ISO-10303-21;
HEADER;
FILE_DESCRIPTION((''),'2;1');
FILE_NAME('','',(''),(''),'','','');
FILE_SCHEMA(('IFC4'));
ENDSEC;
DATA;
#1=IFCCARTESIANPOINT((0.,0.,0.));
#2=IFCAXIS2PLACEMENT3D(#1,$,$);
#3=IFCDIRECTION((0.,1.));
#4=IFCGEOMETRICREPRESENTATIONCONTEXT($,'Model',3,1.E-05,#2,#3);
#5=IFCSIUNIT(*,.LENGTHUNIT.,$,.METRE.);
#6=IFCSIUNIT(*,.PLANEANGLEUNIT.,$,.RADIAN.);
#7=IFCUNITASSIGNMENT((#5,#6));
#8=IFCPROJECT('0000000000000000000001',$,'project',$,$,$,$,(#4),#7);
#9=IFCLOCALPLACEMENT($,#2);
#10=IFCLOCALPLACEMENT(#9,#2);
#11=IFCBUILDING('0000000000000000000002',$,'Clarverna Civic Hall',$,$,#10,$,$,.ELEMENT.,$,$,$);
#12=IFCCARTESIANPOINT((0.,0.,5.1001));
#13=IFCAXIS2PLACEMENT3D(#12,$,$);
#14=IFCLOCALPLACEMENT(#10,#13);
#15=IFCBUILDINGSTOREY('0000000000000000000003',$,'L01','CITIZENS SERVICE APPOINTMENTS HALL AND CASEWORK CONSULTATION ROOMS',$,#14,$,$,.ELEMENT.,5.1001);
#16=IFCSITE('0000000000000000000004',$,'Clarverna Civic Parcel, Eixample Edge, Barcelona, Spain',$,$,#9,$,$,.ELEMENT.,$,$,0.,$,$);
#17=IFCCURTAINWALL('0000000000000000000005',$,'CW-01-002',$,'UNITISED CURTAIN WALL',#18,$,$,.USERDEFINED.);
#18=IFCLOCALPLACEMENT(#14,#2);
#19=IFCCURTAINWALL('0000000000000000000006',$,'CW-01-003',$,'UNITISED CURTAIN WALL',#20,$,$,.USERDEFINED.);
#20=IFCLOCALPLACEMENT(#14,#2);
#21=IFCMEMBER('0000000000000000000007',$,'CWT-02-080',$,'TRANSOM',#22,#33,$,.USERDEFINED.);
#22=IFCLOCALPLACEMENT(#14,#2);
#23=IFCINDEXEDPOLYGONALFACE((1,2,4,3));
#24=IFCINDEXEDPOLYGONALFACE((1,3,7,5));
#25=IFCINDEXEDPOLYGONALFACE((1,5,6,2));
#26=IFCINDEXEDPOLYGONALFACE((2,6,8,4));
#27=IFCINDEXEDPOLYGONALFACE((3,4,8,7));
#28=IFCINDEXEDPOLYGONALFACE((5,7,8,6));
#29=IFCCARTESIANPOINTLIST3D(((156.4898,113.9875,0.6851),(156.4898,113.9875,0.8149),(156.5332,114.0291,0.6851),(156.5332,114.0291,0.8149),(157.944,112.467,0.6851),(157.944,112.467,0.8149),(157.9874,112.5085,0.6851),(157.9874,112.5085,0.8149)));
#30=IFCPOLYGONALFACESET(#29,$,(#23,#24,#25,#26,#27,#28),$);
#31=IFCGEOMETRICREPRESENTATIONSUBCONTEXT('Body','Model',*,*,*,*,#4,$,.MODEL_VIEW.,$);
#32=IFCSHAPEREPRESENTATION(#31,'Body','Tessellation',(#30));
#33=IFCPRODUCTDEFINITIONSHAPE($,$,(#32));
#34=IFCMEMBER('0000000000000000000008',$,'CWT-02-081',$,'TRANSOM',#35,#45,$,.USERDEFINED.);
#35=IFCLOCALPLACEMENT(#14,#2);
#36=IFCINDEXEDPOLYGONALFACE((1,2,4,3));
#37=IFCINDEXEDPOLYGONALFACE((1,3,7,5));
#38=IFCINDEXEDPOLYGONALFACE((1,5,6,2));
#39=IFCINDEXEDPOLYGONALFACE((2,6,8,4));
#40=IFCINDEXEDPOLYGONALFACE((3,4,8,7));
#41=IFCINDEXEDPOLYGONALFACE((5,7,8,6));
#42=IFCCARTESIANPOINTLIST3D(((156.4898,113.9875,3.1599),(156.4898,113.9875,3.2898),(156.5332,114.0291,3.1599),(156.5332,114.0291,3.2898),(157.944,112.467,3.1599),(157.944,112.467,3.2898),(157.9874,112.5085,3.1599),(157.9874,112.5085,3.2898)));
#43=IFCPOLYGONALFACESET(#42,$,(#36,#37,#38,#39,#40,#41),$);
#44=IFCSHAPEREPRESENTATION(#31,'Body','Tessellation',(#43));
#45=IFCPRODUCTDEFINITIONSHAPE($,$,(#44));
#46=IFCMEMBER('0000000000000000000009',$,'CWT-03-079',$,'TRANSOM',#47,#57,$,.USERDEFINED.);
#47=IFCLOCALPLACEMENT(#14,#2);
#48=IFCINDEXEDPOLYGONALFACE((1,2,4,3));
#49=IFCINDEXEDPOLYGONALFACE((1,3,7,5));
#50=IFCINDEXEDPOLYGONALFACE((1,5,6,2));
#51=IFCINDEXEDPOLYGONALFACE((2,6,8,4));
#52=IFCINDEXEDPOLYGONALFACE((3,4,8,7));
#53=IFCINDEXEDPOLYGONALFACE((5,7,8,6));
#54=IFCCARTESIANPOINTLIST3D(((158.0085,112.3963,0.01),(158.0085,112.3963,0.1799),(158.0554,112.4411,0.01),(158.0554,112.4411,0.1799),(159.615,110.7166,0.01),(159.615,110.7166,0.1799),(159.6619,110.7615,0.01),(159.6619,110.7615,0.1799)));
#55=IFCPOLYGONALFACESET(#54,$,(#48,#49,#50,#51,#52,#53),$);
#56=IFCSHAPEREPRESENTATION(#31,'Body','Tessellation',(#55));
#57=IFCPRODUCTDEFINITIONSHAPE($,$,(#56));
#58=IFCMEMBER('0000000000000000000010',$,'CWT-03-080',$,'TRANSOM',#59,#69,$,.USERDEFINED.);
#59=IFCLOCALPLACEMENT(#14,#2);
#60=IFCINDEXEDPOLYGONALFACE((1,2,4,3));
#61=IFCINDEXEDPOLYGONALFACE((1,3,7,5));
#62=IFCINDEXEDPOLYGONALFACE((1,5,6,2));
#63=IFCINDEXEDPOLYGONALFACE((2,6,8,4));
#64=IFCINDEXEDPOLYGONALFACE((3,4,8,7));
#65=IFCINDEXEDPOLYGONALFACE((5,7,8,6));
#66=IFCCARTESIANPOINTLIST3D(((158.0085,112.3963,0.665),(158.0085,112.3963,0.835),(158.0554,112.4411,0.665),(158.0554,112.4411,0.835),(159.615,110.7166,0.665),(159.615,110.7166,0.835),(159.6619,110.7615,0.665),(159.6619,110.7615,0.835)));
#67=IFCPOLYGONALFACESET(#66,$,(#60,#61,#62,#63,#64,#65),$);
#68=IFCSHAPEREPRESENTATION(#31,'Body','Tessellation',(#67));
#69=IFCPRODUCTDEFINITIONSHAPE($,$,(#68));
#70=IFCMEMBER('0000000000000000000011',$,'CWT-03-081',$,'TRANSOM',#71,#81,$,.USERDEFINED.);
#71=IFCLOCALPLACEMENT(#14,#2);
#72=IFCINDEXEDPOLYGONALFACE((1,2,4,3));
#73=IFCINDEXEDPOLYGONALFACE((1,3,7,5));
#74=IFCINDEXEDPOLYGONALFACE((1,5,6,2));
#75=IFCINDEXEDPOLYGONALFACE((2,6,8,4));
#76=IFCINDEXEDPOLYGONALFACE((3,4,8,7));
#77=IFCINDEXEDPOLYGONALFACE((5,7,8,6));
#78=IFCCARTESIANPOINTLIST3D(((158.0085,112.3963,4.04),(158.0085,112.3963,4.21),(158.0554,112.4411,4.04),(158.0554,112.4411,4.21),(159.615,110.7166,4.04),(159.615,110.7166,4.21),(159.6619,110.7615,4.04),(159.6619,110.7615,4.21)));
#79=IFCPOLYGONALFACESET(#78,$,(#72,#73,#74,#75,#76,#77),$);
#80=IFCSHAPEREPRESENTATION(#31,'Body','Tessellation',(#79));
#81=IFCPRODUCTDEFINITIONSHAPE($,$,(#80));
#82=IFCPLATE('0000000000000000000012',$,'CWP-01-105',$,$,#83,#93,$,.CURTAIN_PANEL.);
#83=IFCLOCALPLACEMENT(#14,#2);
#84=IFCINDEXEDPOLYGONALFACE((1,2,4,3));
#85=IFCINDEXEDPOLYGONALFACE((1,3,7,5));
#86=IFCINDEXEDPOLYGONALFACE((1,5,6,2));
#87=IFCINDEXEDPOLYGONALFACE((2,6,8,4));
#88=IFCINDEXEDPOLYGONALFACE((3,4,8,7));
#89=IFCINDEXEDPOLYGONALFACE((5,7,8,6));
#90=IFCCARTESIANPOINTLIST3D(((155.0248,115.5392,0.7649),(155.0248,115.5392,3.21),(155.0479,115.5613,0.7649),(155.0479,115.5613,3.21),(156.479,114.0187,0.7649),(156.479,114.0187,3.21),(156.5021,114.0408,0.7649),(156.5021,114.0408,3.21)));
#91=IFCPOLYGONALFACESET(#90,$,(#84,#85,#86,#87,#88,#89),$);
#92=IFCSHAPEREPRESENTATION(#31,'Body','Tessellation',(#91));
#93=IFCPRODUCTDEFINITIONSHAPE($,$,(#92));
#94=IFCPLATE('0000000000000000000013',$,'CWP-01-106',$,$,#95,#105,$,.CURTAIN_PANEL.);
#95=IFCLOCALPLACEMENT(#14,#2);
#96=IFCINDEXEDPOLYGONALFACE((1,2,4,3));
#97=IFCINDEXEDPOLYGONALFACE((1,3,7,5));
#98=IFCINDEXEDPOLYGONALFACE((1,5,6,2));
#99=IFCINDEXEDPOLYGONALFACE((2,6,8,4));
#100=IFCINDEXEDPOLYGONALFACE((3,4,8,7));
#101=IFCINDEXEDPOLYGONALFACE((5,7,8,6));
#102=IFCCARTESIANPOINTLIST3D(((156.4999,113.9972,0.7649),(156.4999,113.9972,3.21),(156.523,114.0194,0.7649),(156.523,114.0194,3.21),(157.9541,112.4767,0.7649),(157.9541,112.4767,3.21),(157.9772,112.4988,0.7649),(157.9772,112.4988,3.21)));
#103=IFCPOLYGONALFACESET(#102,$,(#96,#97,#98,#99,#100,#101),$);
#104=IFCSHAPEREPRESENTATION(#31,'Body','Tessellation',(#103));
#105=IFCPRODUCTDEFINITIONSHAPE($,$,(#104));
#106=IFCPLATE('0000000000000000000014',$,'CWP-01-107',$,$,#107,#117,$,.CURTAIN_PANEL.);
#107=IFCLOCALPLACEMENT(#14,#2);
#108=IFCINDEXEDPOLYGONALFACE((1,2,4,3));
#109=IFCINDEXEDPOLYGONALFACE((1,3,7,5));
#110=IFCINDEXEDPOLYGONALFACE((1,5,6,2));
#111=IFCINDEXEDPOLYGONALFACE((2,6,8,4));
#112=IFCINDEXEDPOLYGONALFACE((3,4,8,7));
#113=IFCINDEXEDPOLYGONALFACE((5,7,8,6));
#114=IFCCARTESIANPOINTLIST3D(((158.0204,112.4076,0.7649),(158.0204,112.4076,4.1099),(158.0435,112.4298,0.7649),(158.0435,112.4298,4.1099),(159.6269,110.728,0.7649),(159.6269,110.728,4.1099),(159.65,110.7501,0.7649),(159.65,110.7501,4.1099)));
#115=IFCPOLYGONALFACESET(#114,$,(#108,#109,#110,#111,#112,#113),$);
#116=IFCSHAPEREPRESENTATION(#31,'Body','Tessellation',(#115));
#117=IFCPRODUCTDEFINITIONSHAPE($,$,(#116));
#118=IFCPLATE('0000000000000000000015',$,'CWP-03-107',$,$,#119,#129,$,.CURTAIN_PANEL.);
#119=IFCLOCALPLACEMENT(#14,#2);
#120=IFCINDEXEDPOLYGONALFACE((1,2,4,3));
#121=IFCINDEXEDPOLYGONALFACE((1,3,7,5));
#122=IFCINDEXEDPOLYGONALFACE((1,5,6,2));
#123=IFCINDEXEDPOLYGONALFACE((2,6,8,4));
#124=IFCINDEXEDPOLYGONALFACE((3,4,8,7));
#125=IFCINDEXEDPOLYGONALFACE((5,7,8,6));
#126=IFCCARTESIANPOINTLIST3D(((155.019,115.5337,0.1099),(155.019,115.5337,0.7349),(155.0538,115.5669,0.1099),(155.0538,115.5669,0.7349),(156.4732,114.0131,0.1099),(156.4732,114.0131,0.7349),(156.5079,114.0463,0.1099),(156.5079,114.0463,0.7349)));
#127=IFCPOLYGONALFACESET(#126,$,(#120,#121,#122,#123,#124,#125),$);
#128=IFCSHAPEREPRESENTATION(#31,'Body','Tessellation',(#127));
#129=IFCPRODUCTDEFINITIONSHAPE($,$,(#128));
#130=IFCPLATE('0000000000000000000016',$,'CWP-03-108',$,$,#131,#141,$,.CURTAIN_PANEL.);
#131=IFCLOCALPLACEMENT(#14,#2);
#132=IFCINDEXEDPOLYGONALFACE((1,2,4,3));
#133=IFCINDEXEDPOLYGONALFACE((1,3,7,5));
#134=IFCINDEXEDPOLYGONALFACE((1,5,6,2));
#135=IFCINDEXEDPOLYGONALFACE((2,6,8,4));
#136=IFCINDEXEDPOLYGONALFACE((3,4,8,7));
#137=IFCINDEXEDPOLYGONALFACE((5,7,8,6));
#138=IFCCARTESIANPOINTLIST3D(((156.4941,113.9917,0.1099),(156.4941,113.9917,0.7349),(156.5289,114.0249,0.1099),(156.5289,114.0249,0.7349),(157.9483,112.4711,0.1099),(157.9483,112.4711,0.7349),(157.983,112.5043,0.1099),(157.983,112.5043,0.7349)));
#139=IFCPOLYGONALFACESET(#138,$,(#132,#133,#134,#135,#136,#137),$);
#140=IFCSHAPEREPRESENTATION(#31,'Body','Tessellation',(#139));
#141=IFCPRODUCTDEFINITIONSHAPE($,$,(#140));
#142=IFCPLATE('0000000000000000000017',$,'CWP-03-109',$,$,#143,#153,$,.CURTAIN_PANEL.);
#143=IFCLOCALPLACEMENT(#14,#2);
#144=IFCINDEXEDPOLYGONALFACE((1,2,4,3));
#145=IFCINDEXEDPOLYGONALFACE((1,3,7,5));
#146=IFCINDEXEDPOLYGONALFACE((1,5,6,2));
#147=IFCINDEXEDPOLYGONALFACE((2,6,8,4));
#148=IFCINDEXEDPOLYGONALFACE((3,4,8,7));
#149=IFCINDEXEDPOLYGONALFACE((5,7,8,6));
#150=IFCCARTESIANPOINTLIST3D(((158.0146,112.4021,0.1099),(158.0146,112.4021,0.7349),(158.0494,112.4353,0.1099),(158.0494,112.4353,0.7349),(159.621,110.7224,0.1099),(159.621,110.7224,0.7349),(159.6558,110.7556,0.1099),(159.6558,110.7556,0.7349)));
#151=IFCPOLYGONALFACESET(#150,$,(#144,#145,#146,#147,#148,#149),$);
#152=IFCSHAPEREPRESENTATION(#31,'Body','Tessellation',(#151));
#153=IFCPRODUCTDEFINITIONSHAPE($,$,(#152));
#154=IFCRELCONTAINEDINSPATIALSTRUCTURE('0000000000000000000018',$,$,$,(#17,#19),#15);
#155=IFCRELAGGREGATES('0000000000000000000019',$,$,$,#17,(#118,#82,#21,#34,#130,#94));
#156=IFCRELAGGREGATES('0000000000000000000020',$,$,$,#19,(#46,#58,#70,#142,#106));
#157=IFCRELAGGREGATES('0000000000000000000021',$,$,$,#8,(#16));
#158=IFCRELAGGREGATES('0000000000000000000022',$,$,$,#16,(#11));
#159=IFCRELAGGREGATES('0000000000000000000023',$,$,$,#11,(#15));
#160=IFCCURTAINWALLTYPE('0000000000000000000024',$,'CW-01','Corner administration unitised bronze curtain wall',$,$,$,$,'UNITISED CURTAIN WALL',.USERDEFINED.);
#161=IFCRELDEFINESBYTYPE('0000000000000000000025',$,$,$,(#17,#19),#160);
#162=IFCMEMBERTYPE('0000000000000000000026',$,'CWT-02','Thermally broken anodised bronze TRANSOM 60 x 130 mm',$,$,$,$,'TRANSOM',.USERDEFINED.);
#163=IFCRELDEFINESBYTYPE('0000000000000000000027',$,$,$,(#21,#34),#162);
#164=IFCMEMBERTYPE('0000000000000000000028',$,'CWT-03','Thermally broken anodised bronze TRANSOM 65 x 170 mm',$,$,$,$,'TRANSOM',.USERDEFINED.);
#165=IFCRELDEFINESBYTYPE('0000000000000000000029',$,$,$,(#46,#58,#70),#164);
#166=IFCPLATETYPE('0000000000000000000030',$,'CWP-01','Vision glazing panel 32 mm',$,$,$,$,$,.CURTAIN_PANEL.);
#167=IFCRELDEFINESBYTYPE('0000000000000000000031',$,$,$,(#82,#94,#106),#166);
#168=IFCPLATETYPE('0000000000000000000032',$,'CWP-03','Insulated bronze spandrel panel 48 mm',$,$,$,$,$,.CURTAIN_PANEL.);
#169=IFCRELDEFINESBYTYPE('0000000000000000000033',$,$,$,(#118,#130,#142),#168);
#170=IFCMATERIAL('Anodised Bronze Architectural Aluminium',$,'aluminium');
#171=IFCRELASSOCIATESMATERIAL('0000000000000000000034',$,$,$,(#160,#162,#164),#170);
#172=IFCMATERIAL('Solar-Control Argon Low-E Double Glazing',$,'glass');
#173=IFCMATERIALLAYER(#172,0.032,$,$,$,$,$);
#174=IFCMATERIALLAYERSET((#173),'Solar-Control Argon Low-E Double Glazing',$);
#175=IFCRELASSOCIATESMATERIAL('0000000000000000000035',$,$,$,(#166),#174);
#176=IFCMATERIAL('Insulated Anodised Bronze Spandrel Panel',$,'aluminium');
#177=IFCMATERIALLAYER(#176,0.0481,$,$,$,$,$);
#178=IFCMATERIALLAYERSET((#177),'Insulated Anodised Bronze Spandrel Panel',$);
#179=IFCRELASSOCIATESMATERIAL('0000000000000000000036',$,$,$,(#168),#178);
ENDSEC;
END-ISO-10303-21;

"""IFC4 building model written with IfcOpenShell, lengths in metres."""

from ifc_helpers import new_model, si_unit, direction, frame, frame_2d, origin, origin_2d, place, context, subcontext, project, spatial, rectangle, extrude, material, layer, layer_set, material_profile, profile_set, type_object, element, aggregate, save


model = new_model("IFC4")

# Units and contexts
model_context = context("Model", 3, precision=1e-05, world=origin(), true_north=direction((0.0, 1.0)))
body_context = subcontext(model_context, "Body", "Model", "MODEL_VIEW")
ifc_project = project(units=[si_unit("LENGTHUNIT", "METRE"), si_unit("PLANEANGLEUNIT", "RADIAN")], contexts=[model_context])

# Site, building, storey
site_placement = place(None, origin())
site = spatial("IfcSite", under=ifc_project, at=site_placement, Name="Clarverna Civic Parcel, Eixample Edge, Barcelona, Spain", CompositionType="ELEMENT", RefElevation=0.0)
building_placement = place(site_placement, origin())
building = spatial("IfcBuilding", under=site, at=building_placement, Name="Clarverna Civic Hall", CompositionType="ELEMENT")
storey_placement = place(building_placement, frame((0.0, 0.0, 5.1001)))
storey = spatial("IfcBuildingStorey", under=building, at=storey_placement, Name="L01", Description="CITIZENS SERVICE APPOINTMENTS HALL AND CASEWORK CONSULTATION ROOMS", CompositionType="ELEMENT", Elevation=5.1001)

# Curtain wall
ifc_material_1 = material(Name="Anodised Bronze Architectural Aluminium", Category="aluminium")
curtain_wall_type = type_object("IfcCurtainWallType", Name="CW-01", Description="Corner administration unitised bronze curtain wall", ElementType="UNITISED CURTAIN WALL", PredefinedType="USERDEFINED", material=ifc_material_1)
curtain_wall_1_placement = place(storey_placement, origin())
curtain_wall_1 = element("IfcCurtainWall", 1, at=curtain_wall_1_placement, inside=storey, type_object=curtain_wall_type, Name="CW-01-002", ObjectType="UNITISED CURTAIN WALL", PredefinedType="USERDEFINED")

# Curtain wall
curtain_wall_2_placement = place(storey_placement, origin())
curtain_wall_2 = element("IfcCurtainWall", 2, at=curtain_wall_2_placement, inside=storey, type_object=curtain_wall_type, Name="CW-01-003", ObjectType="UNITISED CURTAIN WALL", PredefinedType="USERDEFINED")

# Members
ifc_material_profile_1 = material_profile(ifc_material_1, rectangle(XDim=0.0601, YDim=0.1299, at=origin_2d()), Name="BRONZE 60x130")
ifc_profile_set_1 = profile_set([ifc_material_profile_1], Name="Anodised Bronze Architectural Aluminium")
member_type_1 = type_object("IfcMemberType", Name="CWT-02", Description="Thermally broken anodised bronze TRANSOM 60 x 130 mm", ElementType="TRANSOM", PredefinedType="USERDEFINED", material=ifc_profile_set_1)
member_1_placement = place(storey_placement, frame((156.5115, 114.0083, 0.75), z_axis=(0.691149, -0.722712, 0.0), x_axis=(0.722712, 0.691149, 0.0)))
member_1 = element("IfcMember", 3, at=member_1_placement, type_object=member_type_1, Name="CWT-02-080", ObjectType="TRANSOM", PredefinedType="USERDEFINED", context=body_context, shape_type="SweptSolid", body=[
    extrude(rectangle(XDim=0.0601, YDim=0.1299, at=origin_2d()), origin(), (0.0, 0.0, 1.0), 2.104),
])
member_2_placement = place(storey_placement, frame((156.5115, 114.0083, 3.2249), z_axis=(0.691149, -0.722712, 0.0), x_axis=(0.722712, 0.691149, 0.0)))
member_2 = element("IfcMember", 4, at=member_2_placement, type_object=member_type_1, Name="CWT-02-081", ObjectType="TRANSOM", PredefinedType="USERDEFINED", context=body_context, shape_type="SweptSolid", body=[
    extrude(rectangle(XDim=0.0601, YDim=0.1299, at=origin_2d()), origin(), (0.0, 0.0, 1.0), 2.104),
])
ifc_material_profile_2 = material_profile(ifc_material_1, rectangle(XDim=0.0649, YDim=0.1699, at=origin_2d()), Name="BRONZE 65x170")
ifc_profile_set_2 = profile_set([ifc_material_profile_2], Name="Anodised Bronze Architectural Aluminium")
member_type_2 = type_object("IfcMemberType", Name="CWT-03", Description="Thermally broken anodised bronze TRANSOM 65 x 170 mm", ElementType="TRANSOM", PredefinedType="USERDEFINED", material=ifc_profile_set_2)
member_3_placement = place(storey_placement, frame((158.032, 112.4187, 0.095), z_axis=(0.691175, -0.722687, 0.0), x_axis=(0.722687, 0.691175, 0.0)))
member_3 = element("IfcMember", 5, at=member_3_placement, type_object=member_type_2, Name="CWT-03-079", ObjectType="TRANSOM", PredefinedType="USERDEFINED", context=body_context, shape_type="SweptSolid", body=[
    extrude(rectangle(XDim=0.0649, YDim=0.1699, at=origin_2d()), origin(), (0.0, 0.0, 1.0), 2.3242),
])
member_4_placement = place(storey_placement, frame((158.032, 112.4187, 0.75), z_axis=(0.691175, -0.722687, 0.0), x_axis=(0.722687, 0.691175, 0.0)))
member_4 = element("IfcMember", 6, at=member_4_placement, type_object=member_type_2, Name="CWT-03-080", ObjectType="TRANSOM", PredefinedType="USERDEFINED", context=body_context, shape_type="SweptSolid", body=[
    extrude(rectangle(XDim=0.0649, YDim=0.1699, at=origin_2d()), origin(), (0.0, 0.0, 1.0), 2.3242),
])
member_5_placement = place(storey_placement, frame((158.032, 112.4187, 4.125), z_axis=(0.691175, -0.722687, 0.0), x_axis=(0.722687, 0.691175, 0.0)))
member_5 = element("IfcMember", 7, at=member_5_placement, type_object=member_type_2, Name="CWT-03-081", ObjectType="TRANSOM", PredefinedType="USERDEFINED", context=body_context, shape_type="SweptSolid", body=[
    extrude(rectangle(XDim=0.0649, YDim=0.1699, at=origin_2d()), origin(), (0.0, 0.0, 1.0), 2.3242),
])

# Plates
ifc_material_2 = material(Name="Solar-Control Argon Low-E Double Glazing", Category="glass")
ifc_layer_1 = layer(ifc_material_2, 0.032)
ifc_layer_set_1 = layer_set([ifc_layer_1], Name="Solar-Control Argon Low-E Double Glazing")
plate_type_1 = type_object("IfcPlateType", Name="CWP-01", Description="Vision glazing panel 32 mm", PredefinedType="CURTAIN_PANEL", material=ifc_layer_set_1)
plate_1_placement = place(storey_placement, frame((155.0364, 115.5503, 0.7649), z_axis=(0.0, 0.0, 1.0), x_axis=(0.691149, -0.722712, 0.0)))
plate_1 = element("IfcPlate", 8, at=plate_1_placement, type_object=plate_type_1, Name="CWP-01-105", PredefinedType="CURTAIN_PANEL", context=body_context, shape_type="SweptSolid", body=[
    extrude(rectangle(XDim=2.104, YDim=0.032, at=frame_2d((1.052, 0.0))), origin(), (0.0, 0.0, 1.0), 2.4451),
])
plate_2_placement = place(storey_placement, frame((156.5115, 114.0083, 0.7649), z_axis=(0.0, 0.0, 1.0), x_axis=(0.691149, -0.722712, 0.0)))
plate_2 = element("IfcPlate", 9, at=plate_2_placement, type_object=plate_type_1, Name="CWP-01-106", PredefinedType="CURTAIN_PANEL", context=body_context, shape_type="SweptSolid", body=[
    extrude(rectangle(XDim=2.104, YDim=0.032, at=frame_2d((1.052, 0.0))), origin(), (0.0, 0.0, 1.0), 2.4451),
])
plate_3_placement = place(storey_placement, frame((158.032, 112.4187, 0.7649), z_axis=(0.0, 0.0, 1.0), x_axis=(0.691175, -0.722687, 0.0)))
plate_3 = element("IfcPlate", 10, at=plate_3_placement, type_object=plate_type_1, Name="CWP-01-107", PredefinedType="CURTAIN_PANEL", context=body_context, shape_type="SweptSolid", body=[
    extrude(rectangle(XDim=2.3242, YDim=0.032, at=frame_2d((1.1621, 0.0))), origin(), (0.0, 0.0, 1.0), 3.345),
])
ifc_material_3 = material(Name="Insulated Anodised Bronze Spandrel Panel", Category="aluminium")
ifc_layer_2 = layer(ifc_material_3, 0.0481)
ifc_layer_set_2 = layer_set([ifc_layer_2], Name="Insulated Anodised Bronze Spandrel Panel")
plate_type_2 = type_object("IfcPlateType", Name="CWP-03", Description="Insulated bronze spandrel panel 48 mm", PredefinedType="CURTAIN_PANEL", material=ifc_layer_set_2)
plate_4_placement = place(storey_placement, frame((155.0364, 115.5503, 0.1099), z_axis=(0.0, 0.0, 1.0), x_axis=(0.691149, -0.722712, 0.0)))
plate_4 = element("IfcPlate", 11, at=plate_4_placement, type_object=plate_type_2, Name="CWP-03-107", PredefinedType="CURTAIN_PANEL", context=body_context, shape_type="SweptSolid", body=[
    extrude(rectangle(XDim=2.104, YDim=0.0481, at=frame_2d((1.052, 0.0))), origin(), (0.0, 0.0, 1.0), 0.625),
])
plate_5_placement = place(storey_placement, frame((156.5115, 114.0083, 0.1099), z_axis=(0.0, 0.0, 1.0), x_axis=(0.691149, -0.722712, 0.0)))
plate_5 = element("IfcPlate", 12, at=plate_5_placement, type_object=plate_type_2, Name="CWP-03-108", PredefinedType="CURTAIN_PANEL", context=body_context, shape_type="SweptSolid", body=[
    extrude(rectangle(XDim=2.104, YDim=0.0481, at=frame_2d((1.052, 0.0))), origin(), (0.0, 0.0, 1.0), 0.625),
])
aggregate(curtain_wall_1, [plate_4, plate_1, member_1, member_2, plate_5, plate_2])
plate_6_placement = place(storey_placement, frame((158.032, 112.4187, 0.1099), z_axis=(0.0, 0.0, 1.0), x_axis=(0.691175, -0.722687, 0.0)))
plate_6 = element("IfcPlate", 13, at=plate_6_placement, type_object=plate_type_2, Name="CWP-03-109", PredefinedType="CURTAIN_PANEL", context=body_context, shape_type="SweptSolid", body=[
    extrude(rectangle(XDim=2.3242, YDim=0.0481, at=frame_2d((1.1621, 0.0))), origin(), (0.0, 0.0, 1.0), 0.625),
])
aggregate(curtain_wall_2, [member_3, member_4, member_5, plate_6, plate_3])

save(model, "model.ifc")
